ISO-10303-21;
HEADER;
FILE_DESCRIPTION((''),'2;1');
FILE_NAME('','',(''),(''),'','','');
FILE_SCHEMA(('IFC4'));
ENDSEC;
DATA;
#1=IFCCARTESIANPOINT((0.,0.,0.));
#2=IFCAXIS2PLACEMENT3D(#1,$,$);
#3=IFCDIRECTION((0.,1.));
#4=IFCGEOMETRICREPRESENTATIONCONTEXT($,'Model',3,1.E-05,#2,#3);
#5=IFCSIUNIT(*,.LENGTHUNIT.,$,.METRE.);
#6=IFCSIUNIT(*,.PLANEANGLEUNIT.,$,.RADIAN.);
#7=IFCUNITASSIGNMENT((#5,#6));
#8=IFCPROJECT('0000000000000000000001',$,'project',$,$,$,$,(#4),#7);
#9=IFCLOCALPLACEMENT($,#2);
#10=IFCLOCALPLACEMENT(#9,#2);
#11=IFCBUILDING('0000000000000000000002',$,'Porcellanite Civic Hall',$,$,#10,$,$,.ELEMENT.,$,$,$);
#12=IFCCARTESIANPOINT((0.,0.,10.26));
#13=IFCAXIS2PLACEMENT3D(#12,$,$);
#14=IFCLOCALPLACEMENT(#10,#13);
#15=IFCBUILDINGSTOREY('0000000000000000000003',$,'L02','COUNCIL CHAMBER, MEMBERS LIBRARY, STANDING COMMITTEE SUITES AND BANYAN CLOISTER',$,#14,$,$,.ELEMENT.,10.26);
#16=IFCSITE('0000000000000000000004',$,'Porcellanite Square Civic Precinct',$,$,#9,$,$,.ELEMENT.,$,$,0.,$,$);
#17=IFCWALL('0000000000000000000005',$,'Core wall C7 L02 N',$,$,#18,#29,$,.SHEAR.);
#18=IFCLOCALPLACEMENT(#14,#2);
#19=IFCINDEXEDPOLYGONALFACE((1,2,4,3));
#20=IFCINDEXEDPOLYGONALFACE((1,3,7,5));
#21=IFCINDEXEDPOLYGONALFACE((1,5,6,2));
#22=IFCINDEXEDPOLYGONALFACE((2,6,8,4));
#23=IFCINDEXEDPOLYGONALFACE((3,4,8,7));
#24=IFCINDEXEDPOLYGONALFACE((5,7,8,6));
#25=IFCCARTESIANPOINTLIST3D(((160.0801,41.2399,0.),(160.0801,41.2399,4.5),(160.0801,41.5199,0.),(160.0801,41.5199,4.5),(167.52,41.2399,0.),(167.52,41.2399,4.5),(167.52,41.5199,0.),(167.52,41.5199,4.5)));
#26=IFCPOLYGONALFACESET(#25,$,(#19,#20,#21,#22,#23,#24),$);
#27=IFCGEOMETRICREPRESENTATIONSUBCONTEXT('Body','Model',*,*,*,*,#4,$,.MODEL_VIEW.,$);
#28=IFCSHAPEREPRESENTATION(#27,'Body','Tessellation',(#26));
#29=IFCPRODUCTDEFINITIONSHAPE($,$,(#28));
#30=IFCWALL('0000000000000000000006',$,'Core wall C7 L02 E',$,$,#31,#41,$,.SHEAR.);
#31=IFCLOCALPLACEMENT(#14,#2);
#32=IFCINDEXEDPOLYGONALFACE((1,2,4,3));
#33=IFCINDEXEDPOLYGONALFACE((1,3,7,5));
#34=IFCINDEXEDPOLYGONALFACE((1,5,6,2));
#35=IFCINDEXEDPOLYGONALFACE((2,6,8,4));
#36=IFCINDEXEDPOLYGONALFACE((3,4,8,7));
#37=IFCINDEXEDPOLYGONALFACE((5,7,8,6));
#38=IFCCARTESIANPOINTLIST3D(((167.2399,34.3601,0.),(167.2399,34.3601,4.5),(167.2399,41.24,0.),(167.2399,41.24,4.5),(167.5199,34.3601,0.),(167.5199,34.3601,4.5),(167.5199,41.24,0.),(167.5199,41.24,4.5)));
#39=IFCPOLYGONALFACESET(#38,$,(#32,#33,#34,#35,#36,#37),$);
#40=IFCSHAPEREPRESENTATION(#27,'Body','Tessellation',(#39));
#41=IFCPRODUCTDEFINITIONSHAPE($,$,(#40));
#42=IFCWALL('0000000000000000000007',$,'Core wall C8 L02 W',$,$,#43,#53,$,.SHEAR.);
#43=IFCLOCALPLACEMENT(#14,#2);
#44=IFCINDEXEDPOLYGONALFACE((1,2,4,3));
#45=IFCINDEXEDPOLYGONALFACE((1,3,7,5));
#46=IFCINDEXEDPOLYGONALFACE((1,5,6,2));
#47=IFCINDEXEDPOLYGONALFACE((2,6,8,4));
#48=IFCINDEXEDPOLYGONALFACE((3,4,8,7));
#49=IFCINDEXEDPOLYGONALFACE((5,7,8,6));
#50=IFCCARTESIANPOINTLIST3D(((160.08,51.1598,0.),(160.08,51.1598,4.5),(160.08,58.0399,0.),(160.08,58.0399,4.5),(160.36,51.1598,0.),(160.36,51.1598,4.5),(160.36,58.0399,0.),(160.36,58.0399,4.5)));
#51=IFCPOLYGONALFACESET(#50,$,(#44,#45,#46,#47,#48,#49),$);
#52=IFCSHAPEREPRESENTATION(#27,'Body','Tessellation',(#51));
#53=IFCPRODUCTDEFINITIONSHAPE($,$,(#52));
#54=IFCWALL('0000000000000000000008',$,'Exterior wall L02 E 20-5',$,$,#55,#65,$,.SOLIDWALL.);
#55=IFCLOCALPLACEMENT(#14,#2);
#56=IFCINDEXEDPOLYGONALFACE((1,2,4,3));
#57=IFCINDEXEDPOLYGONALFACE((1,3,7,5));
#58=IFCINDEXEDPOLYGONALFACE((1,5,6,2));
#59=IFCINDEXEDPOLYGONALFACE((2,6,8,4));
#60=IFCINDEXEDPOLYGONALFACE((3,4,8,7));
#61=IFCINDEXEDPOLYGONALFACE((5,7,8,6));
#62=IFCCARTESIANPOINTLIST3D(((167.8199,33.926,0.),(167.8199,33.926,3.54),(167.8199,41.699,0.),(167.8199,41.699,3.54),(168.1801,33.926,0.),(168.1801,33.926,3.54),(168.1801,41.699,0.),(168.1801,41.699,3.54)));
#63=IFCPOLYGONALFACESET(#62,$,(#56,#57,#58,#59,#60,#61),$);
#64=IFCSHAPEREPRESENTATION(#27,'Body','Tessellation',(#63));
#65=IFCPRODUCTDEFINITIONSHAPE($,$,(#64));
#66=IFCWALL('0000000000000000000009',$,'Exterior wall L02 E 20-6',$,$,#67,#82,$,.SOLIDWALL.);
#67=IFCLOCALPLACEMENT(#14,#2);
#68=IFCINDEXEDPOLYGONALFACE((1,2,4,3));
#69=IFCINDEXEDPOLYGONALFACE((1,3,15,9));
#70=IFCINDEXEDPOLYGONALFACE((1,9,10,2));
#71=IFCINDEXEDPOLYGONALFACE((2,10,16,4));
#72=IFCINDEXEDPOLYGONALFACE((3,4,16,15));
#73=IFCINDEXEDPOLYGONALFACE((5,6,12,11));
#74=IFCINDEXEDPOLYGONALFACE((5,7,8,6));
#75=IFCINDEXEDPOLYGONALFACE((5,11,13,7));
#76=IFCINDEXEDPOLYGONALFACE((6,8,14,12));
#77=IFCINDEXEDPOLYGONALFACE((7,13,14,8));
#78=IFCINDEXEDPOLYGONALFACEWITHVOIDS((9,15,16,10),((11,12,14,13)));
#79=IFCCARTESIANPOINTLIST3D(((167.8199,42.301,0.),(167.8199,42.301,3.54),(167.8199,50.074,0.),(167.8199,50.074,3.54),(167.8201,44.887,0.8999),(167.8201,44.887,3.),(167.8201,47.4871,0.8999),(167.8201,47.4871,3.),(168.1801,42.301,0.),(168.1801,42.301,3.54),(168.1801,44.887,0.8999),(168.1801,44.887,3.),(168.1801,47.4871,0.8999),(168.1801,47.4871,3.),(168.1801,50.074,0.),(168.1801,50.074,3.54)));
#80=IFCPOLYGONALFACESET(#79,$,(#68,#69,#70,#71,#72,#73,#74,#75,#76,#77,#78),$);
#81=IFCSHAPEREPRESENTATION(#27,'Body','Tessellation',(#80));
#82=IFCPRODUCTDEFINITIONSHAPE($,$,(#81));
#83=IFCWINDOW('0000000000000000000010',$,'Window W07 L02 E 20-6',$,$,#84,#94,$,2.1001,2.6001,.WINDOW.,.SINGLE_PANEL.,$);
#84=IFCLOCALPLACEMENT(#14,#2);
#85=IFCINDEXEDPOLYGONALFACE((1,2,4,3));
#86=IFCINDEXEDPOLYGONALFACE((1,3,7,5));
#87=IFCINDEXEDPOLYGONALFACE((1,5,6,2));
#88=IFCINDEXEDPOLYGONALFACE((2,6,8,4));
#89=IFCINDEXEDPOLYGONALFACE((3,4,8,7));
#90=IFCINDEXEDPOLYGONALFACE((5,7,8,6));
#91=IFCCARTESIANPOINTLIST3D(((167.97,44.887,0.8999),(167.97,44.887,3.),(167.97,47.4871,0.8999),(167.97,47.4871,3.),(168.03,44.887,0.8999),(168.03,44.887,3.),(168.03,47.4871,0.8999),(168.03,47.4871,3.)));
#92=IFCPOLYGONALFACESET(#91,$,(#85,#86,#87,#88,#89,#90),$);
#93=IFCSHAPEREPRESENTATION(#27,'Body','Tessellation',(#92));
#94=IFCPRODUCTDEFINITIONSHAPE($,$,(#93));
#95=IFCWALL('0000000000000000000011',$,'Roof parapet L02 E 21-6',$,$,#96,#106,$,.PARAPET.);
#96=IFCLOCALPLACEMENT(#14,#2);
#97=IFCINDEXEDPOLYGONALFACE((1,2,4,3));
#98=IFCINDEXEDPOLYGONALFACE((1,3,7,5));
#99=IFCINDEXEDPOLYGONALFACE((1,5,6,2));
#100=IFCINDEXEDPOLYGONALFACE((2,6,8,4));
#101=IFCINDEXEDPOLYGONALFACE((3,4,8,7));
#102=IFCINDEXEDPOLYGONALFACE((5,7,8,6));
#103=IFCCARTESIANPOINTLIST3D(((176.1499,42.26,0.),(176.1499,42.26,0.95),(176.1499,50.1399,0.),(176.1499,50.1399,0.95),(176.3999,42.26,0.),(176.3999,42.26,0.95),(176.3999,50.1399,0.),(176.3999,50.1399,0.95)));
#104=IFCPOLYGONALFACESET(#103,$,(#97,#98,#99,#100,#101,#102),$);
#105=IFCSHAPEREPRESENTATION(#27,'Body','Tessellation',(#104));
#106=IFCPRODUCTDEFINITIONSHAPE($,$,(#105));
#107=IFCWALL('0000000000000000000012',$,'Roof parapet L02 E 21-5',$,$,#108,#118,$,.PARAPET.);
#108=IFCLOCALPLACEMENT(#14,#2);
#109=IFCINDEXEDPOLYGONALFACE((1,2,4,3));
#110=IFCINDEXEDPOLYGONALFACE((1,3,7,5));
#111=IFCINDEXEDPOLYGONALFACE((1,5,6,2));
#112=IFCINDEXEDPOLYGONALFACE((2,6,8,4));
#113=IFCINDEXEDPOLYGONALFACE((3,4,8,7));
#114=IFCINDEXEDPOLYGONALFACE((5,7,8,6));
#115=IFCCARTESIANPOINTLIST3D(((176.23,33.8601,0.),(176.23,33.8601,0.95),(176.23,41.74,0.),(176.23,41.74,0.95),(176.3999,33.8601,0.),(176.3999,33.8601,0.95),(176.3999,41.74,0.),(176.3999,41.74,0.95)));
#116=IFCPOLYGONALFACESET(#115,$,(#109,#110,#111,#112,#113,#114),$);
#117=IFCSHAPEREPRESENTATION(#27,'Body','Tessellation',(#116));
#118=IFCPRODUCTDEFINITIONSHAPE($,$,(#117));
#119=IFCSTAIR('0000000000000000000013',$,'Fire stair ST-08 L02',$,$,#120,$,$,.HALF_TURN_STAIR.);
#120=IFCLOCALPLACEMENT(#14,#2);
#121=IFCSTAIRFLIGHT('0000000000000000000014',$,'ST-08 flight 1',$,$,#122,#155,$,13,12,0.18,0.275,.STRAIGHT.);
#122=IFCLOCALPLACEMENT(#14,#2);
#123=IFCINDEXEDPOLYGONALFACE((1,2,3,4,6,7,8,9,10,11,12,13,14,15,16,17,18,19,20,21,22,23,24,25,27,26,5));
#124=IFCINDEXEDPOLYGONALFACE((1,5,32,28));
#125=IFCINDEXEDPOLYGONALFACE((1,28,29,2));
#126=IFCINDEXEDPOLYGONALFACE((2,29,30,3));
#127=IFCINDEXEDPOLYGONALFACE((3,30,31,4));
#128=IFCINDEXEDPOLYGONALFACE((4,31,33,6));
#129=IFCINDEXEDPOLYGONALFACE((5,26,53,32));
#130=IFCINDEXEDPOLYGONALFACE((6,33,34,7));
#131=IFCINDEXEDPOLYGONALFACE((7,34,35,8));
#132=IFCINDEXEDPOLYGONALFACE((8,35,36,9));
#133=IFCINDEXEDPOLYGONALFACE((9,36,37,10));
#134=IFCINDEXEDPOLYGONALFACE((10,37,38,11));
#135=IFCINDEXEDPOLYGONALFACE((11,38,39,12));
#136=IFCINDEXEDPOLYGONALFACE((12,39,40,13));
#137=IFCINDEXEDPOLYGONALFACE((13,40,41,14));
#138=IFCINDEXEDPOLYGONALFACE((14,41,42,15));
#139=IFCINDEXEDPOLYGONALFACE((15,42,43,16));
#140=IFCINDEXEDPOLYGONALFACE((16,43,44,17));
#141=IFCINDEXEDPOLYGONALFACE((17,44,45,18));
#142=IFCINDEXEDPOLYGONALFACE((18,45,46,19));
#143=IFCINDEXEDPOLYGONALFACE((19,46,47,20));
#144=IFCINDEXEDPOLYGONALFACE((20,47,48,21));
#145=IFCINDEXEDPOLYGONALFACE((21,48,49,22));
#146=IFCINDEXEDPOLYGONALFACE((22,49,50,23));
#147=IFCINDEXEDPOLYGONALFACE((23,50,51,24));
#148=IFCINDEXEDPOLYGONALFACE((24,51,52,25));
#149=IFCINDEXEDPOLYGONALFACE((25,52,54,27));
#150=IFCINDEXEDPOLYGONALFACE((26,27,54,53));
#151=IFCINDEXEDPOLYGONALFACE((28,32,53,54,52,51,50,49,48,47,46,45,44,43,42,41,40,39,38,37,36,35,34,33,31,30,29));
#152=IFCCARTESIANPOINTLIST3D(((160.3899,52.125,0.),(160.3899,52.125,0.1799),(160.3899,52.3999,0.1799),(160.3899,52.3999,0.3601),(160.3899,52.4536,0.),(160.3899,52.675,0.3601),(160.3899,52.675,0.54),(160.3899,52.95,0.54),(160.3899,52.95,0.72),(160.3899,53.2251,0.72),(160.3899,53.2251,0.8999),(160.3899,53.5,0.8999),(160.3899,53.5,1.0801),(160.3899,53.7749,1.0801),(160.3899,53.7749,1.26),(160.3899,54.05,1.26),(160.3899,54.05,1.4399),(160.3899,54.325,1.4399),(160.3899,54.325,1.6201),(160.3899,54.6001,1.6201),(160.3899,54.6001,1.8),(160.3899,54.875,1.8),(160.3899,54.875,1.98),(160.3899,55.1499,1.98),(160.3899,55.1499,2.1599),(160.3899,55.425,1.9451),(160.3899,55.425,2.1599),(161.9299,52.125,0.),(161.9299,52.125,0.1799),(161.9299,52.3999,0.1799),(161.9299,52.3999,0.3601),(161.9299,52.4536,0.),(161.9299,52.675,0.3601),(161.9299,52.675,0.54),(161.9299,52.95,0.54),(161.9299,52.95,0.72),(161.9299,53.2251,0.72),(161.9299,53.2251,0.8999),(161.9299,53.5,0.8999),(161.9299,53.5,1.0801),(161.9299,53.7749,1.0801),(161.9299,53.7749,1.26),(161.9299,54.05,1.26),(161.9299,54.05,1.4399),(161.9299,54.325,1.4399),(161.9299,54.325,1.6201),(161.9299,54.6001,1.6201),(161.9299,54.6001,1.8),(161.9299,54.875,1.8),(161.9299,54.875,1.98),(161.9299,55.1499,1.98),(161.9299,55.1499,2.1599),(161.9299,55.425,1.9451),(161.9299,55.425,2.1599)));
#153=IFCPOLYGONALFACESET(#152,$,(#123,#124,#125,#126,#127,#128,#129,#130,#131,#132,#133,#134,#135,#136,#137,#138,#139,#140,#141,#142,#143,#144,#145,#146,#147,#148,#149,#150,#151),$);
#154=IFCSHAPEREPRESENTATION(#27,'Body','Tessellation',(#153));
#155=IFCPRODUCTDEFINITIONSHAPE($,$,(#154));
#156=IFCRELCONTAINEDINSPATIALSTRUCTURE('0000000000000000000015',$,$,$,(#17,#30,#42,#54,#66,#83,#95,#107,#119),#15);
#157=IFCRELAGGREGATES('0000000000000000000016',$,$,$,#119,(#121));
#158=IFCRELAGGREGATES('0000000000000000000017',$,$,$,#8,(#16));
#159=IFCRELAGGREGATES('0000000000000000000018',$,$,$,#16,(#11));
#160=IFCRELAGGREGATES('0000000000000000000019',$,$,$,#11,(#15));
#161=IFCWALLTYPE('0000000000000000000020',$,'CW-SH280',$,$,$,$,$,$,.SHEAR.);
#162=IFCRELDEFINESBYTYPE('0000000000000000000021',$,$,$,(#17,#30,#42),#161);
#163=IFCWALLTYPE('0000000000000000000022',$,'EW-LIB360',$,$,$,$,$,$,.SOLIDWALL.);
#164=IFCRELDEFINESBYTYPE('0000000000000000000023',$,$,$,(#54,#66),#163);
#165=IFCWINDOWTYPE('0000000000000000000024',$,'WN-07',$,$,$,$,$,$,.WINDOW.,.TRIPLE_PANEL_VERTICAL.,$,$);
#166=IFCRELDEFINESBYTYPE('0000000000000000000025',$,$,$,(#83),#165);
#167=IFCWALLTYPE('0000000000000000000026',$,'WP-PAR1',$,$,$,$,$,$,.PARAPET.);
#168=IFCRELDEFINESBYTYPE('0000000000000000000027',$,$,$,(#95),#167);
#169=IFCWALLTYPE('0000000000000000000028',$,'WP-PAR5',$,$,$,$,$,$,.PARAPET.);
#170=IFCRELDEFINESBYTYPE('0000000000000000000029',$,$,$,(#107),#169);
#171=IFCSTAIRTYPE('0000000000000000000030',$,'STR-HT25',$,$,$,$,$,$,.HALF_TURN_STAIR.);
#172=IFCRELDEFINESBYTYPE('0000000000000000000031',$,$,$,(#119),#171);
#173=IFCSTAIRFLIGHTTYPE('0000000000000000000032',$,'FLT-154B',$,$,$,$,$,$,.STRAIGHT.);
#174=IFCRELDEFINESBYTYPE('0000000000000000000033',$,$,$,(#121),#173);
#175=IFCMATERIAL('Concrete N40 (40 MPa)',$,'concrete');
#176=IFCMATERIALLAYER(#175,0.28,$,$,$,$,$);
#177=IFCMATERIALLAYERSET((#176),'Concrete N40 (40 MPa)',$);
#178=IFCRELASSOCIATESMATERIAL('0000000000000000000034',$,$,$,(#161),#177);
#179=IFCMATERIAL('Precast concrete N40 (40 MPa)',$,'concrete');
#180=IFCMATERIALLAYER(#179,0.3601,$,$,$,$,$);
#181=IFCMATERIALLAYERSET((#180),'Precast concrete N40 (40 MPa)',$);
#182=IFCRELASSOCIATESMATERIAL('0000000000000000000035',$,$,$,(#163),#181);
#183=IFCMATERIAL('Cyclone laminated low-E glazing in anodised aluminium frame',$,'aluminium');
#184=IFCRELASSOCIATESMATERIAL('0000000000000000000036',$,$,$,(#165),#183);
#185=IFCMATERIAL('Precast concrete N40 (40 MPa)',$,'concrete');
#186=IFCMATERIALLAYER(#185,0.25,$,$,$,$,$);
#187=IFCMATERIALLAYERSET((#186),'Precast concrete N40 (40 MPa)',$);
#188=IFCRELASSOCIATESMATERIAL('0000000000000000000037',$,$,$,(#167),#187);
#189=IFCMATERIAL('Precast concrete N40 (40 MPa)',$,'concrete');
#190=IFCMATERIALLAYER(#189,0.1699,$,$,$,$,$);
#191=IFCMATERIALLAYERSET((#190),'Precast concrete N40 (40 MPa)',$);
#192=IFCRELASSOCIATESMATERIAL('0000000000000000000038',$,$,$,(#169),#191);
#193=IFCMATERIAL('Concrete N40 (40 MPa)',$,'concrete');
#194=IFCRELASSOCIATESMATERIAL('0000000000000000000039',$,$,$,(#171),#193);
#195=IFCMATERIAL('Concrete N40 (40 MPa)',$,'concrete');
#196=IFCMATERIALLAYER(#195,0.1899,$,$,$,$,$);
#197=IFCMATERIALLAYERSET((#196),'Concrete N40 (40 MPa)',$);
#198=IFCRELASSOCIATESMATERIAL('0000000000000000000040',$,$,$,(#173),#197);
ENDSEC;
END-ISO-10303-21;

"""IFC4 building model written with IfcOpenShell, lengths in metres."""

from ifc_helpers import new_model, si_unit, direction, frame, frame_2d, origin, place, context, subcontext, project, spatial, polyline, rectangle, outline, extrude, material, layer, layer_set, type_object, element, fill, aggregate, save


model = new_model("IFC4")

# Units and contexts
model_context = context("Model", 3, precision=1e-05, world=origin(), true_north=direction((0.0, 1.0)))
body_context = subcontext(model_context, "Body", "Model", "MODEL_VIEW")
ifc_project = project(units=[si_unit("LENGTHUNIT", "METRE"), si_unit("PLANEANGLEUNIT", "RADIAN")], contexts=[model_context])

# Site, building, storey
site_placement = place(None, origin())
site = spatial("IfcSite", under=ifc_project, at=site_placement, Name="Porcellanite Square Civic Precinct", CompositionType="ELEMENT", RefElevation=0.0)
building_placement = place(site_placement, origin())
building = spatial("IfcBuilding", under=site, at=building_placement, Name="Porcellanite Civic Hall", CompositionType="ELEMENT")
storey_placement = place(building_placement, frame((0.0, 0.0, 10.26)))
storey = spatial("IfcBuildingStorey", under=building, at=storey_placement, Name="L02", Description="COUNCIL CHAMBER, MEMBERS LIBRARY, STANDING COMMITTEE SUITES AND BANYAN CLOISTER", CompositionType="ELEMENT", Elevation=10.26)

# Walls
ifc_material_1 = material(Name="Concrete N40 (40 MPa)", Category="concrete")
ifc_layer_1 = layer(ifc_material_1, 0.28)
ifc_layer_set_1 = layer_set([ifc_layer_1], Name="Concrete N40 (40 MPa)")
wall_type_1 = type_object("IfcWallType", Name="CW-SH280", PredefinedType="SHEAR", material=ifc_layer_set_1)
wall_1_placement = place(storey_placement, frame((160.0801, 41.3799, 0.0), z_axis=(0.0, 0.0, 1.0), x_axis=(1.0, 0.0, 0.0)))
element("IfcWall", 1, at=wall_1_placement, inside=storey, type_object=wall_type_1, Name="Core wall C7 L02 N", PredefinedType="SHEAR", context=body_context, shape_type="SweptSolid", body=[
    extrude(rectangle(XDim=7.4399, YDim=0.28, at=frame_2d((3.72, 0.0))), origin(), (0.0, 0.0, 1.0), 4.5),
])
wall_2_placement = place(storey_placement, frame((167.3799, 41.24, 0.0), z_axis=(0.0, 0.0, 1.0), x_axis=(0.0, -1.0, 0.0)))
element("IfcWall", 2, at=wall_2_placement, inside=storey, type_object=wall_type_1, Name="Core wall C7 L02 E", PredefinedType="SHEAR", context=body_context, shape_type="SweptSolid", body=[
    extrude(rectangle(XDim=6.8799, YDim=0.28, at=frame_2d((3.4399, 0.0))), origin(), (0.0, 0.0, 1.0), 4.5),
])

# Walls
wall_3_placement = place(storey_placement, frame((160.22, 51.1599, 0.0), z_axis=(0.0, 0.0, 1.0), x_axis=(0.0, 1.0, 0.0)))
element("IfcWall", 3, at=wall_3_placement, inside=storey, type_object=wall_type_1, Name="Core wall C8 L02 W", PredefinedType="SHEAR", context=body_context, shape_type="SweptSolid", body=[
    extrude(rectangle(XDim=6.8801, YDim=0.28, at=frame_2d((3.4399, 0.0))), origin(), (0.0, 0.0, 1.0), 4.5),
])
ifc_material_2 = material(Name="Precast concrete N40 (40 MPa)", Category="concrete")
ifc_layer_2 = layer(ifc_material_2, 0.3601)
ifc_layer_set_2 = layer_set([ifc_layer_2], Name="Precast concrete N40 (40 MPa)")
wall_type_2 = type_object("IfcWallType", Name="EW-LIB360", PredefinedType="SOLIDWALL", material=ifc_layer_set_2)
wall_4_placement = place(storey_placement, frame((168.0, 41.699, 0.0), z_axis=(0.0, 0.0, 1.0), x_axis=(0.0, -1.0, 0.0)))
element("IfcWall", 4, at=wall_4_placement, inside=storey, type_object=wall_type_2, Name="Exterior wall L02 E 20-5", PredefinedType="SOLIDWALL", context=body_context, shape_type="SweptSolid", body=[
    extrude(rectangle(XDim=7.7729, YDim=0.3601, at=frame_2d((3.8865, 0.0))), origin(), (0.0, 0.0, 1.0), 3.54),
])

# Wall, opening, window
wall_5_placement = place(storey_placement, frame((168.0, 50.074, 0.0), z_axis=(0.0, 0.0, 1.0), x_axis=(0.0, -1.0, 0.0)))
wall_5 = element("IfcWall", 5, at=wall_5_placement, inside=storey, type_object=wall_type_2, Name="Exterior wall L02 E 20-6", PredefinedType="SOLIDWALL", context=body_context, shape_type="SweptSolid", body=[
    extrude(rectangle(XDim=7.7729, YDim=0.3601, at=frame_2d((3.8865, 0.0))), origin(), (0.0, 0.0, 1.0), 3.54),
])
opening_1_placement = place(wall_5_placement, frame((2.5869, 0.0, 0.8999)))
opening_1 = element("IfcOpeningElement", 6, at=opening_1_placement, cuts=wall_5, PredefinedType="OPENING", context=body_context, shape_type="SweptSolid", body=[
    extrude(rectangle(XDim=2.6001, YDim=2.1001, at=frame_2d((1.3, 1.05))), frame((0.0, 0.1802, 0.0), z_axis=(0.0, -1.0, 0.0), x_axis=(1.0, 0.0, 0.0)), (0.0, 0.0, 1.0), 0.3601),
])
ifc_material_3 = material(Name="Cyclone laminated low-E glazing in anodised aluminium frame", Category="aluminium")
window_type = type_object("IfcWindowType", Name="WN-07", PartitioningType="TRIPLE_PANEL_VERTICAL", PredefinedType="WINDOW", material=ifc_material_3)
window_placement = place(opening_1_placement, origin())
window = element("IfcWindow", 7, at=window_placement, inside=storey, type_object=window_type, Name="Window W07 L02 E 20-6", OverallHeight=2.1001, OverallWidth=2.6001, PartitioningType="SINGLE_PANEL", PredefinedType="WINDOW", context=body_context, shape_type="SweptSolid", body=[
    extrude(rectangle(XDim=2.6001, YDim=2.1001, at=frame_2d((1.3, 1.05))), frame((0.0, 0.03, 0.0), z_axis=(0.0, -1.0, 0.0), x_axis=(1.0, 0.0, 0.0)), (0.0, 0.0, 1.0), 0.0601),
])
fill(opening_1, window)

# Walls
ifc_material_4 = material(Name="Precast concrete N40 (40 MPa)", Category="concrete")
ifc_layer_3 = layer(ifc_material_4, 0.25)
ifc_layer_set_3 = layer_set([ifc_layer_3], Name="Precast concrete N40 (40 MPa)")
wall_type_3 = type_object("IfcWallType", Name="WP-PAR1", PredefinedType="PARAPET", material=ifc_layer_set_3)
wall_6_placement = place(storey_placement, frame((176.2749, 50.1399, 0.0), z_axis=(0.0, 0.0, 1.0), x_axis=(0.0, -1.0, 0.0)))
element("IfcWall", 8, at=wall_6_placement, inside=storey, type_object=wall_type_3, Name="Roof parapet L02 E 21-6", PredefinedType="PARAPET", context=body_context, shape_type="SweptSolid", body=[
    extrude(rectangle(XDim=7.8799, YDim=0.25, at=frame_2d((3.9399, 0.0))), origin(), (0.0, 0.0, 1.0), 0.95),
])
ifc_material_5 = material(Name="Precast concrete N40 (40 MPa)", Category="concrete")
ifc_layer_4 = layer(ifc_material_5, 0.1699)
ifc_layer_set_4 = layer_set([ifc_layer_4], Name="Precast concrete N40 (40 MPa)")
wall_type_4 = type_object("IfcWallType", Name="WP-PAR5", PredefinedType="PARAPET", material=ifc_layer_set_4)
wall_7_placement = place(storey_placement, frame((176.3149, 41.74, 0.0), z_axis=(0.0, 0.0, 1.0), x_axis=(0.0, -1.0, 0.0)))
element("IfcWall", 9, at=wall_7_placement, inside=storey, type_object=wall_type_4, Name="Roof parapet L02 E 21-5", PredefinedType="PARAPET", context=body_context, shape_type="SweptSolid", body=[
    extrude(rectangle(XDim=7.8799, YDim=0.1699, at=frame_2d((3.9399, 0.0))), origin(), (0.0, 0.0, 1.0), 0.95),
])

# Stair, stair flight
ifc_material_6 = material(Name="Concrete N40 (40 MPa)", Category="concrete")
stair_type = type_object("IfcStairType", Name="STR-HT25", PredefinedType="HALF_TURN_STAIR", material=ifc_material_6)
stair_placement = place(storey_placement, origin())
stair = element("IfcStair", 10, at=stair_placement, inside=storey, type_object=stair_type, Name="Fire stair ST-08 L02", PredefinedType="HALF_TURN_STAIR")
ifc_material_7 = material(Name="Concrete N40 (40 MPa)", Category="concrete")
ifc_layer_5 = layer(ifc_material_7, 0.1899)
ifc_layer_set_5 = layer_set([ifc_layer_5], Name="Concrete N40 (40 MPa)")
stair_flight_type = type_object("IfcStairFlightType", Name="FLT-154B", PredefinedType="STRAIGHT", material=ifc_layer_set_5)
stair_flight_placement = place(storey_placement, frame((161.1599, 52.125, 0.0), z_axis=(0.0, 0.0, 1.0), x_axis=(0.0, 1.0, 0.0)))
stair_flight = element("IfcStairFlight", 11, at=stair_flight_placement, type_object=stair_flight_type, Name="ST-08 flight 1", NumberOfRisers=13, NumberOfTreads=12, PredefinedType="STRAIGHT", RiserHeight=0.18, TreadLength=0.275, context=body_context, shape_type="SweptSolid", body=[
    extrude(outline(polyline([(0.0, 0.0), (0.0, 0.1799), (0.2749, 0.1799), (0.2749, 0.3601), (0.55, 0.3601), (0.55, 0.54), (0.825, 0.54), (0.825, 0.72), (1.1001, 0.72), (1.1001, 0.8999), (1.375, 0.8999), (1.375, 1.0801), (1.6499, 1.0801), (1.6499, 1.26), (1.925, 1.26), (1.925, 1.4399), (2.2, 1.4399), (2.2, 1.6201), (2.4751, 1.6201), (2.4751, 1.8), (2.75, 1.8), (2.75, 1.98), (3.0249, 1.98), (3.0249, 2.1599), (3.3, 2.1599), (3.3, 2.3401), (3.3, 1.9451), (0.3286, 0.0), (0.0, 0.0)])), frame((0.0, 0.77, 0.0), z_axis=(0.0, -1.0, 0.0), x_axis=(1.0, 0.0, 0.0)), (0.0, 0.0, 1.0), 1.54),
])
aggregate(stair, [stair_flight])

save(model, "model.ifc")
